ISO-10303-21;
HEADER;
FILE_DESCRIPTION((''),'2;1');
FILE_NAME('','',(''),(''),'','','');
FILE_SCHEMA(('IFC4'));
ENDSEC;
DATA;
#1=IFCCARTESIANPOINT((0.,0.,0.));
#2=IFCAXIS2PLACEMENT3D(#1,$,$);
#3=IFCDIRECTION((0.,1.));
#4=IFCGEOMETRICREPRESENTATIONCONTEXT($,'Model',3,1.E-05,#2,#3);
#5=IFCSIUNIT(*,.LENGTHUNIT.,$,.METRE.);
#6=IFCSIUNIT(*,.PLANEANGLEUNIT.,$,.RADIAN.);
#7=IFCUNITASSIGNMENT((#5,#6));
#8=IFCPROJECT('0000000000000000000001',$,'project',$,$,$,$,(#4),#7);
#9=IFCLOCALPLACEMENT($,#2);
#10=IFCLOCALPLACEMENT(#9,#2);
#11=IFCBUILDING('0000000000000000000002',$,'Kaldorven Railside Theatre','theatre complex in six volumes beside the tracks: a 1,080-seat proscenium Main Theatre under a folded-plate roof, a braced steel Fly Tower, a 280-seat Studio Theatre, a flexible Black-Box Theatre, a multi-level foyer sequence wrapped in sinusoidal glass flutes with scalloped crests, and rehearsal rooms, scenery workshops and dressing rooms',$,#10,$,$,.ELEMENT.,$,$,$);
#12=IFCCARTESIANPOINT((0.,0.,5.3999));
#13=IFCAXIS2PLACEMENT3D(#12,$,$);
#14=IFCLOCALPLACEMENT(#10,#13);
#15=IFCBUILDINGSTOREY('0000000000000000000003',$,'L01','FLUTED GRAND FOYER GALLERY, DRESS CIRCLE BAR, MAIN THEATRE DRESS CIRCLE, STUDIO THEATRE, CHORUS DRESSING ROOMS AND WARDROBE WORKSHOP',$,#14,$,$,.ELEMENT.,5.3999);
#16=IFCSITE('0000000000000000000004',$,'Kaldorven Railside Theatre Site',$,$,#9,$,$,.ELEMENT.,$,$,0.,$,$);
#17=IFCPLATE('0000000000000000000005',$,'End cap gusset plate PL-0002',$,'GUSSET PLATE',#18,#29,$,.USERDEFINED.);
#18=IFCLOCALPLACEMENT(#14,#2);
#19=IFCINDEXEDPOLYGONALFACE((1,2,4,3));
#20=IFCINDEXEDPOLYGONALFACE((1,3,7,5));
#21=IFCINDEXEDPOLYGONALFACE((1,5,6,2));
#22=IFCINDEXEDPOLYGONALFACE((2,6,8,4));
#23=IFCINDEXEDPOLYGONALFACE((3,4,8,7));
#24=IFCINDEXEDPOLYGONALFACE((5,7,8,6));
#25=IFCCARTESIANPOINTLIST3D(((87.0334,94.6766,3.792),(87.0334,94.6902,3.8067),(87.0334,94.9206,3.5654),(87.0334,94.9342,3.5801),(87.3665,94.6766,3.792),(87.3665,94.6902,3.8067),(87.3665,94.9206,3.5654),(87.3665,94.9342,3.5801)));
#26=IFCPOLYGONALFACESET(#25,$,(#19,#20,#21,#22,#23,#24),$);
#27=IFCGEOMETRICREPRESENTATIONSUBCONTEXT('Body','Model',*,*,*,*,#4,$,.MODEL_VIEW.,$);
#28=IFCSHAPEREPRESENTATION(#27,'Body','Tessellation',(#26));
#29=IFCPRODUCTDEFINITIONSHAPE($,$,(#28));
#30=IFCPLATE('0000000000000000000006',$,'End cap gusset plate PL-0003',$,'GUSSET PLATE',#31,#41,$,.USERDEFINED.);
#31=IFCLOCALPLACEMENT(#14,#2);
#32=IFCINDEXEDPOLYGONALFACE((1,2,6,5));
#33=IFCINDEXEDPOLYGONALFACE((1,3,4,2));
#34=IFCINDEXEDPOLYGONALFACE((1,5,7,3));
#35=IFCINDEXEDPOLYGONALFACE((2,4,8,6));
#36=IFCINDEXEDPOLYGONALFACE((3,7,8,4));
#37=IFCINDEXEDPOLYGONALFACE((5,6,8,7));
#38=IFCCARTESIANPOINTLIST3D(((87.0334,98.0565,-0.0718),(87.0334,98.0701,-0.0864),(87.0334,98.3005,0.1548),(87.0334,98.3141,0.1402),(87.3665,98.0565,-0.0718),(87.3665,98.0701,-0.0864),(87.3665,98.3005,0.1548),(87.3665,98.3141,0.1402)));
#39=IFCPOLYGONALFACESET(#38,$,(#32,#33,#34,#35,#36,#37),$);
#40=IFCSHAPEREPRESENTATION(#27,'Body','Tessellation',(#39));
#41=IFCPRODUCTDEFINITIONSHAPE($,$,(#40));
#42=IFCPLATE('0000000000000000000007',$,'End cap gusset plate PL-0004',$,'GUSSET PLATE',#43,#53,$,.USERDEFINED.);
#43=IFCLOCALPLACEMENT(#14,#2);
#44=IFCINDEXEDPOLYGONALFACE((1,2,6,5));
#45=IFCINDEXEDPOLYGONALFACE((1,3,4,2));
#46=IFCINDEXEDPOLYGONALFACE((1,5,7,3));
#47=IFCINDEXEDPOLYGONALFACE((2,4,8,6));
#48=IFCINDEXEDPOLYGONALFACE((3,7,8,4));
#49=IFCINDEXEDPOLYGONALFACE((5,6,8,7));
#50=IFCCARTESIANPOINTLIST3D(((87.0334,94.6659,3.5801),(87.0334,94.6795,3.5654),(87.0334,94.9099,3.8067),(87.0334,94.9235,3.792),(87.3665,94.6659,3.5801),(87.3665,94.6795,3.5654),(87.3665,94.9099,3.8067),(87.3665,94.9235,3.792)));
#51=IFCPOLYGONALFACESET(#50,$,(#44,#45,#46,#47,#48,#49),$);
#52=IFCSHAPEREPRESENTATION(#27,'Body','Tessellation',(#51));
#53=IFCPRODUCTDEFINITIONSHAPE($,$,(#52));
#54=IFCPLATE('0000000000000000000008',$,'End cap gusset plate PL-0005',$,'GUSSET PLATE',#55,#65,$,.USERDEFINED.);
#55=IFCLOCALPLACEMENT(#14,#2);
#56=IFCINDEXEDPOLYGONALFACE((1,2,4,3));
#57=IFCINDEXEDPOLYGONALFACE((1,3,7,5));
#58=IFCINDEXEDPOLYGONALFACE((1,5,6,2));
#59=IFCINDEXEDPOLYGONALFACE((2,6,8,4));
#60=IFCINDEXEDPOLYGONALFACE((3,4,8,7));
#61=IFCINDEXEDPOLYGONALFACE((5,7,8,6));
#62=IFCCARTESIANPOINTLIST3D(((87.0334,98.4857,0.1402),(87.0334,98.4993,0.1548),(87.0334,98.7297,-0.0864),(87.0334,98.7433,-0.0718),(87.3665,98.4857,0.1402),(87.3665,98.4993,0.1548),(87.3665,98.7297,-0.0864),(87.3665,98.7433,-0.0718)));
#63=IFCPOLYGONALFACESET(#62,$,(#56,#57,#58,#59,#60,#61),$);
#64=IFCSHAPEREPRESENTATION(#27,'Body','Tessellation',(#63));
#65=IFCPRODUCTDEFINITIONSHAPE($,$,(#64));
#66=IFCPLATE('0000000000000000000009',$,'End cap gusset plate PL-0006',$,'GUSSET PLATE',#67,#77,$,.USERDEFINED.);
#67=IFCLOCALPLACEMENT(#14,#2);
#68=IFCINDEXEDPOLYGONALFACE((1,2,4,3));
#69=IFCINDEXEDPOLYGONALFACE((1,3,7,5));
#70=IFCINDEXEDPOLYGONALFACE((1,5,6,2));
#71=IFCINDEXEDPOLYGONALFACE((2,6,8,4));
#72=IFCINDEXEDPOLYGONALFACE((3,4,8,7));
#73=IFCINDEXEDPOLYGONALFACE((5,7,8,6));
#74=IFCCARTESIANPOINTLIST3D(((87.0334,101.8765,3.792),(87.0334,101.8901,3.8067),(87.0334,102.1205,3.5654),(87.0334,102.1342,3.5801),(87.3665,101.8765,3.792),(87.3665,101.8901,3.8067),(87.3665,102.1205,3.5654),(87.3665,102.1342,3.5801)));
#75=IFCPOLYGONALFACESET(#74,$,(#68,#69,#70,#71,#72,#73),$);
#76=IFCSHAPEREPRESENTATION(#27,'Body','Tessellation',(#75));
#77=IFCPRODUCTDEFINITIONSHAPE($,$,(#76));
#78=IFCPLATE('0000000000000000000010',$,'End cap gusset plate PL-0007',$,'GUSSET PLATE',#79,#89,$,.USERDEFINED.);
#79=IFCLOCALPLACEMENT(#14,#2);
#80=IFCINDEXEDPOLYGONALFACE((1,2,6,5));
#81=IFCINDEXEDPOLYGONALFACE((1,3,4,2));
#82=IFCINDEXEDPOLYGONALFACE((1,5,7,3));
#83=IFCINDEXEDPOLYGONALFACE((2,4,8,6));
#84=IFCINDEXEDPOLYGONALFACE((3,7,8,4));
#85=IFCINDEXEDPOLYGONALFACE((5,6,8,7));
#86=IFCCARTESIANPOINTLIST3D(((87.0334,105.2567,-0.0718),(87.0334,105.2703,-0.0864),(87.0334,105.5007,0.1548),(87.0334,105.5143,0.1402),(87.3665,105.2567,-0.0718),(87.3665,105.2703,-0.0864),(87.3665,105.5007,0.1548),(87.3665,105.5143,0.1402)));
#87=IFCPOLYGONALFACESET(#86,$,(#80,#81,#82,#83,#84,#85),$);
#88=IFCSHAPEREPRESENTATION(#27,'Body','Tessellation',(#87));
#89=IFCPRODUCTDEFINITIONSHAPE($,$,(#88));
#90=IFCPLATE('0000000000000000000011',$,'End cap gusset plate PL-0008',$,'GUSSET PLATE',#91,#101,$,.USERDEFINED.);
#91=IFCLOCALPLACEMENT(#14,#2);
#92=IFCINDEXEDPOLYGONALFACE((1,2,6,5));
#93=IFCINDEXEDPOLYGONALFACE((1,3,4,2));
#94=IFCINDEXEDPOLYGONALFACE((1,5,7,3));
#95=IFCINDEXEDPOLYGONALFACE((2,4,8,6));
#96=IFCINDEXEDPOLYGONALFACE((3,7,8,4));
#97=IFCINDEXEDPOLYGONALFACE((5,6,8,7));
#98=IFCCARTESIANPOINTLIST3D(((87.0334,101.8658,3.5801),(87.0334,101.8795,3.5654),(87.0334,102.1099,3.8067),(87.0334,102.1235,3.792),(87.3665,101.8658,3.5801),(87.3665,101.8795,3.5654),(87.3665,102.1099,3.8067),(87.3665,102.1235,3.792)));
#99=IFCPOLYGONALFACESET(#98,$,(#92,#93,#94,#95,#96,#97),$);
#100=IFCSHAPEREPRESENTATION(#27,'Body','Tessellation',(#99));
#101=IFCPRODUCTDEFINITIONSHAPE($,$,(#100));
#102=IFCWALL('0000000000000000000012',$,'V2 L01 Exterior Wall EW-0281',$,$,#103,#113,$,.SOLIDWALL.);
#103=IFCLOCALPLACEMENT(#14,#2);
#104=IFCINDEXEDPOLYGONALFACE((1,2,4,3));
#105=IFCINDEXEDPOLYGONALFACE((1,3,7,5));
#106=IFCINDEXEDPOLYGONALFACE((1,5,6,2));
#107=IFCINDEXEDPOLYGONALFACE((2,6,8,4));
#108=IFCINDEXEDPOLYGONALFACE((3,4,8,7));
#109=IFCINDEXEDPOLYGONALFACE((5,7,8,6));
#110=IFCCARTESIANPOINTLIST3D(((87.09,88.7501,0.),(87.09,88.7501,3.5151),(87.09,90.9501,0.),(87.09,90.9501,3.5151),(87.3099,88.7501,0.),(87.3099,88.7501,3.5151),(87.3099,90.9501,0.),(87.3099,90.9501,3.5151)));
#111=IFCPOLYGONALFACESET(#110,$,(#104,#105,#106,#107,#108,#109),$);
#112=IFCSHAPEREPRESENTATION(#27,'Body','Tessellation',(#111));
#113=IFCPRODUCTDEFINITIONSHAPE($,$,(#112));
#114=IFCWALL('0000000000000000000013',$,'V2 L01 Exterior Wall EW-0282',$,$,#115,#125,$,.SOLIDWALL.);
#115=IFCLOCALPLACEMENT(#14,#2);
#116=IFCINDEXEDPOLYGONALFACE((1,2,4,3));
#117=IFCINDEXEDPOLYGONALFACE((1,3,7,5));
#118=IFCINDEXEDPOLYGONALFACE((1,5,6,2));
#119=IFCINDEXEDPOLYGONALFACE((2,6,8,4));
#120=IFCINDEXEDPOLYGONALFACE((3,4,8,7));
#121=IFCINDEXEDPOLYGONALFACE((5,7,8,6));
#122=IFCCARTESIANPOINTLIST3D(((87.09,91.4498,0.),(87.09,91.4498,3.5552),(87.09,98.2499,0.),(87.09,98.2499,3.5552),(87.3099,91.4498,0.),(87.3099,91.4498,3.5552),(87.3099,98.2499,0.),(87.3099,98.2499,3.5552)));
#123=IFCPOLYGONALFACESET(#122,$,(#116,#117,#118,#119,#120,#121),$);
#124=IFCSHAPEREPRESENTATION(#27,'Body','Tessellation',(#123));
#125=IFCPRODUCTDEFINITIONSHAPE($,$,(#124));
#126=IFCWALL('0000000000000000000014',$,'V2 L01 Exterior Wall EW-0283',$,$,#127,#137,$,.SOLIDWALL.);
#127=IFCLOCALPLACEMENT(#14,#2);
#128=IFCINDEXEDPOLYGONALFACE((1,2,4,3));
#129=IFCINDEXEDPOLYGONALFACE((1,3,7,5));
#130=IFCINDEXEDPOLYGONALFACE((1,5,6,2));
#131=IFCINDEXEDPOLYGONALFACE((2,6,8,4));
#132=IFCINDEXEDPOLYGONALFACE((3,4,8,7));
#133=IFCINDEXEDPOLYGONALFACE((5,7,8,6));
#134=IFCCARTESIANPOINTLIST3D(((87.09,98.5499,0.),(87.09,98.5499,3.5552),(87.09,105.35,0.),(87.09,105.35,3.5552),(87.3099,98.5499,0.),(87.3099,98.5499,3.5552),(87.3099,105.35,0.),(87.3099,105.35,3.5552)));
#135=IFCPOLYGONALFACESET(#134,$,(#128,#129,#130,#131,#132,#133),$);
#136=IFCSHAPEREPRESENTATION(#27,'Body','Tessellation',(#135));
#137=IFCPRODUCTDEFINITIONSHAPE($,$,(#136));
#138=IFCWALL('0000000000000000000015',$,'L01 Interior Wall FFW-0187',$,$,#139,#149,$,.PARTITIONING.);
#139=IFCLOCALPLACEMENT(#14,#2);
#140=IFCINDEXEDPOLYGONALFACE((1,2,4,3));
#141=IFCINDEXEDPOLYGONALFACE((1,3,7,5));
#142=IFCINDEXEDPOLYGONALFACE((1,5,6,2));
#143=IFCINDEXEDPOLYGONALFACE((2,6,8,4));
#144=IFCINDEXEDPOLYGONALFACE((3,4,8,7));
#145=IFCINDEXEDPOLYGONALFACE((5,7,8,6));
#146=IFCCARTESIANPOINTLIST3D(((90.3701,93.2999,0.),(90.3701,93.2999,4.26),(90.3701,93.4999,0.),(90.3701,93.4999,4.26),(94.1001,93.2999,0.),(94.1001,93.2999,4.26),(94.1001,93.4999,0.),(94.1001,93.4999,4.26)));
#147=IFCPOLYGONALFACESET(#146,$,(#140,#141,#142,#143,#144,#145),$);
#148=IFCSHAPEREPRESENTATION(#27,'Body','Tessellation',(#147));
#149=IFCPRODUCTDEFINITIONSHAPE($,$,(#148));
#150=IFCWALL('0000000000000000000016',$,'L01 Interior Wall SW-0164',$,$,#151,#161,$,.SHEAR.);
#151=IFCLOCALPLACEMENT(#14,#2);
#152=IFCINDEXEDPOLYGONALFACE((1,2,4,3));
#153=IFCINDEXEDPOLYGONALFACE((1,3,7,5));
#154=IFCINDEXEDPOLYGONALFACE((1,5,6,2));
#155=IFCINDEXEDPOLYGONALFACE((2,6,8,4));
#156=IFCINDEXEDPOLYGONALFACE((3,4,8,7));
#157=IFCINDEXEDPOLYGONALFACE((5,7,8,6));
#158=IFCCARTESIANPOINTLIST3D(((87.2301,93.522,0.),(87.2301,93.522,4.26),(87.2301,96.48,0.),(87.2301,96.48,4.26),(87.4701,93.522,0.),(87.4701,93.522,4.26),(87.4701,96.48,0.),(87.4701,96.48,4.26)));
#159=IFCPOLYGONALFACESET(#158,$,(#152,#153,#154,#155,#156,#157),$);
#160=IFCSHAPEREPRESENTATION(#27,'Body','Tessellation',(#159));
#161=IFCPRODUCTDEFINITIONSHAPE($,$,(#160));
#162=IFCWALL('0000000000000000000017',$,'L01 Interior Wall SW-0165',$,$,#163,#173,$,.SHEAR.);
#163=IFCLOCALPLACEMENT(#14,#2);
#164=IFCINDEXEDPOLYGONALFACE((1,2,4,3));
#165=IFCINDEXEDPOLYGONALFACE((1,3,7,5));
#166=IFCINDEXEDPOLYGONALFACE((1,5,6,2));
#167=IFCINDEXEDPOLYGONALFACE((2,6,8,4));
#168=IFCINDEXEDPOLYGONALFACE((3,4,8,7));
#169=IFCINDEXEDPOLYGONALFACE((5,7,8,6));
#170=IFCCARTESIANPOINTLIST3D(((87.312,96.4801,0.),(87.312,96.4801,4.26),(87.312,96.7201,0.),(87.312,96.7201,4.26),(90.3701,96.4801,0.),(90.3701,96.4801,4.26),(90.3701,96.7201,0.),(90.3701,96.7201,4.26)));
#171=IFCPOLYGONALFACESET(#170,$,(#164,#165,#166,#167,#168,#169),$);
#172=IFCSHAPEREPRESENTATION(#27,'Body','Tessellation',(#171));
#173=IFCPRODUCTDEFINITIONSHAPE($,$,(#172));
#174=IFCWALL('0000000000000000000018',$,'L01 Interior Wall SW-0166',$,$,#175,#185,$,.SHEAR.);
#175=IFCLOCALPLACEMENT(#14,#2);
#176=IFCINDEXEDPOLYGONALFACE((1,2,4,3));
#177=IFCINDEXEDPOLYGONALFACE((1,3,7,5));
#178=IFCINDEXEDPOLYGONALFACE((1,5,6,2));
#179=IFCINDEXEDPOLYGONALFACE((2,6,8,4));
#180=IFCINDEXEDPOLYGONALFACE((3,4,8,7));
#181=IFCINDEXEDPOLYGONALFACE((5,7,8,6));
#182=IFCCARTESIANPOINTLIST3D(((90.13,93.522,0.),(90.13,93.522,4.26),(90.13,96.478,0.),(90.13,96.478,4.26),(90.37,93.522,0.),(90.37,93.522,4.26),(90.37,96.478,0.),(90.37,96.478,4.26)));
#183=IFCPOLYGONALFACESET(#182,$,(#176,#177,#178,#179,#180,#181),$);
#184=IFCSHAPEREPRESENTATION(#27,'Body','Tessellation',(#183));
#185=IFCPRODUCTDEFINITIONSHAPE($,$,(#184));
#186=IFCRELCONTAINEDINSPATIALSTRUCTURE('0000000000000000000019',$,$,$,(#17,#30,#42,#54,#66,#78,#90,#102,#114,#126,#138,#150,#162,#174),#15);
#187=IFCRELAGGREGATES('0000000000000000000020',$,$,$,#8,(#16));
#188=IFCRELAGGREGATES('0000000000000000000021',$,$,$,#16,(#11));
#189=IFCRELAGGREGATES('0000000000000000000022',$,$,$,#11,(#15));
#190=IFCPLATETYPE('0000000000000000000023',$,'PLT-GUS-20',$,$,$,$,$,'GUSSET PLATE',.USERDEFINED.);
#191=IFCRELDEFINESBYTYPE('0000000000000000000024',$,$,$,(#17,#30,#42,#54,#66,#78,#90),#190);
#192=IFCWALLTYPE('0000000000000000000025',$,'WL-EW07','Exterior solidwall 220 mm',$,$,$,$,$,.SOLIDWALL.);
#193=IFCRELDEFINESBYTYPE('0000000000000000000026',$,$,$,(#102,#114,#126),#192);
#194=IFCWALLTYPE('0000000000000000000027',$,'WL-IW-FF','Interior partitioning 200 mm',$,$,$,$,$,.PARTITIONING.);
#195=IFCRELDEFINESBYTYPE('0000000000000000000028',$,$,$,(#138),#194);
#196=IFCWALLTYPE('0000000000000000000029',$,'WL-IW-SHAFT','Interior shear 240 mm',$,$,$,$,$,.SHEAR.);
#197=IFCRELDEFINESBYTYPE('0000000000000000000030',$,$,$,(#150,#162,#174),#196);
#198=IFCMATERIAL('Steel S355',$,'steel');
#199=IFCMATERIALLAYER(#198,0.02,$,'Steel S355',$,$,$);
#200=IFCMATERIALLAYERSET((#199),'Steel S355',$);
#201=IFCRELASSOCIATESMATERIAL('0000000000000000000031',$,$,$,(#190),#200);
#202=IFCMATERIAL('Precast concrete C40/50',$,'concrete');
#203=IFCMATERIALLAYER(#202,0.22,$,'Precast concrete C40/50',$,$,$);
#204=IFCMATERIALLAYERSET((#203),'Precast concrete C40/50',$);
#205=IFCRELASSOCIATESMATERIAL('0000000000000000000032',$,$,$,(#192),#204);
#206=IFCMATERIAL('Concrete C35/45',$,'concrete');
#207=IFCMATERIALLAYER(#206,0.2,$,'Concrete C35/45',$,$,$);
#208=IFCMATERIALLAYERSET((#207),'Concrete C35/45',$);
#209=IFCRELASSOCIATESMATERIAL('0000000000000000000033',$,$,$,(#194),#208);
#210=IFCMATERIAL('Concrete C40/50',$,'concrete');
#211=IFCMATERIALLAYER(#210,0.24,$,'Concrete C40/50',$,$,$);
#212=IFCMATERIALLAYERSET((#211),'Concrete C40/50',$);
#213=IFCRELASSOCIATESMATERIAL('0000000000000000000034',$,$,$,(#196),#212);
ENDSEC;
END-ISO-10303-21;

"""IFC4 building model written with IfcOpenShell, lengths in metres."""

from ifc_helpers import new_model, si_unit, direction, frame, frame_2d, origin, origin_2d, place, context, subcontext, project, spatial, rectangle, extrude, material, layer, layer_set, type_object, element, save


model = new_model("IFC4")

# Units and contexts
model_context = context("Model", 3, precision=1e-05, world=origin(), true_north=direction((0.0, 1.0)))
body_context = subcontext(model_context, "Body", "Model", "MODEL_VIEW")
ifc_project = project(units=[si_unit("LENGTHUNIT", "METRE"), si_unit("PLANEANGLEUNIT", "RADIAN")], contexts=[model_context])

# Site, building, storey
site_placement = place(None, origin())
site = spatial("IfcSite", under=ifc_project, at=site_placement, Name="Kaldorven Railside Theatre Site", CompositionType="ELEMENT", RefElevation=0.0)
building_placement = place(site_placement, origin())
building = spatial("IfcBuilding", under=site, at=building_placement, Name="Kaldorven Railside Theatre", Description="theatre complex in six volumes beside the tracks: a 1,080-seat proscenium Main Theatre under a folded-plate roof, a braced steel Fly Tower, a 280-seat Studio Theatre, a flexible Black-Box Theatre, a multi-level foyer sequence wrapped in sinusoidal glass flutes with scalloped crests, and rehearsal rooms, scenery workshops and dressing rooms", CompositionType="ELEMENT")
storey_placement = place(building_placement, frame((0.0, 0.0, 5.3999)))
storey = spatial("IfcBuildingStorey", under=building, at=storey_placement, Name="L01", Description="FLUTED GRAND FOYER GALLERY, DRESS CIRCLE BAR, MAIN THEATRE DRESS CIRCLE, STUDIO THEATRE, CHORUS DRESSING ROOMS AND WARDROBE WORKSHOP", CompositionType="ELEMENT", Elevation=5.3999)

# Shared definitions
ifc_material_1 = material(Name="Steel S355", Category="steel")

# Plates
ifc_layer_1 = layer(ifc_material_1, 0.02, Name="Steel S355")
ifc_layer_set_1 = layer_set([ifc_layer_1], Name="Steel S355")
plate_type_1 = type_object("IfcPlateType", Name="PLT-GUS-20", ElementType="GUSSET PLATE", PredefinedType="USERDEFINED", material=ifc_layer_set_1)
for number, where, z_axis, x_axis, name in (
    (1, (87.2, 94.7986, 3.6787), (0.0, 0.680465, 0.73278), (-1.0, 0.0, 0.0), "End cap gusset plate PL-0002"),
    (2, (87.2, 98.1921, 0.0269), (0.0, -0.680465, 0.73278), (1.0, 0.0, 0.0), "End cap gusset plate PL-0003"),
    (3, (87.2, 94.8015, 3.6787), (0.0, -0.680465, 0.73278), (1.0, 0.0, 0.0), "End cap gusset plate PL-0004"),
    (4, (87.2, 98.6077, 0.0269), (0.0, 0.680465, 0.73278), (-1.0, 0.0, 0.0), "End cap gusset plate PL-0005"),
    (5, (87.2, 101.9985, 3.6787), (0.0, 0.680465, 0.73278), (-1.0, 0.0, 0.0), "End cap gusset plate PL-0006"),
    (6, (87.2, 105.3923, 0.0269), (0.0, -0.680465, 0.73278), (1.0, 0.0, 0.0), "End cap gusset plate PL-0007"),
    (7, (87.2, 102.0015, 3.6787), (0.0, -0.680465, 0.73278), (1.0, 0.0, 0.0), "End cap gusset plate PL-0008"),
):
    element("IfcPlate", number, at=place(storey_placement, frame(where, z_axis=z_axis, x_axis=x_axis)), inside=storey, type_object=plate_type_1, Name=name, ObjectType="GUSSET PLATE", PredefinedType="USERDEFINED", context=body_context, shape_type="SweptSolid", body=[
        extrude(rectangle(XDim=0.333, YDim=0.333, at=origin_2d()), origin(), (0.0, 0.0, 1.0), 0.02),
    ])

# Walls
ifc_material_2 = material(Name="Precast concrete C40/50", Category="concrete")
ifc_layer_2 = layer(ifc_material_2, 0.22, Name="Precast concrete C40/50")
ifc_layer_set_2 = layer_set([ifc_layer_2], Name="Precast concrete C40/50")
wall_type_1 = type_object("IfcWallType", Name="WL-EW07", Description="Exterior solidwall 220 mm", PredefinedType="SOLIDWALL", material=ifc_layer_set_2)
wall_1_placement = place(storey_placement, frame((87.2, 88.75, 0.0), z_axis=(0.0, 0.0, 1.0), x_axis=(0.0, 1.0, 0.0)))
element("IfcWall", 8, at=wall_1_placement, inside=storey, type_object=wall_type_1, Name="V2 L01 Exterior Wall EW-0281", PredefinedType="SOLIDWALL", context=body_context, shape_type="SweptSolid", body=[
    extrude(rectangle(XDim=2.2, YDim=0.22, at=frame_2d((1.1001, 0.0))), origin(), (0.0, 0.0, 1.0), 3.5151),
])
for number, where, z_axis, x_axis, name in (
    (9, (87.2, 91.45, 0.0), (0.0, 0.0, 1.0), (0.0, 1.0, 0.0), "V2 L01 Exterior Wall EW-0282"),
    (10, (87.2, 98.55, 0.0), (0.0, 0.0, 1.0), (0.0, 1.0, 0.0), "V2 L01 Exterior Wall EW-0283"),
):
    element("IfcWall", number, at=place(storey_placement, frame(where, z_axis=z_axis, x_axis=x_axis)), inside=storey, type_object=wall_type_1, Name=name, PredefinedType="SOLIDWALL", context=body_context, shape_type="SweptSolid", body=[
        extrude(rectangle(XDim=6.8, YDim=0.22, at=frame_2d((3.3999, 0.0))), origin(), (0.0, 0.0, 1.0), 3.5552),
    ])
ifc_material_3 = material(Name="Concrete C35/45", Category="concrete")
ifc_layer_3 = layer(ifc_material_3, 0.2, Name="Concrete C35/45")
ifc_layer_set_3 = layer_set([ifc_layer_3], Name="Concrete C35/45")
wall_type_2 = type_object("IfcWallType", Name="WL-IW-FF", Description="Interior partitioning 200 mm", PredefinedType="PARTITIONING", material=ifc_layer_set_3)
wall_2_placement = place(storey_placement, frame((90.3701, 93.3999, 0.0), z_axis=(0.0, 0.0, 1.0), x_axis=(1.0, 0.0, 0.0)))
element("IfcWall", 11, at=wall_2_placement, inside=storey, type_object=wall_type_2, Name="L01 Interior Wall FFW-0187", PredefinedType="PARTITIONING", context=body_context, shape_type="SweptSolid", body=[
    extrude(rectangle(XDim=3.73, YDim=0.2, at=frame_2d((1.865, 0.0))), origin(), (0.0, 0.0, 1.0), 4.26),
])

# Shared definitions
ifc_material_4 = material(Name="Concrete C40/50", Category="concrete")
ifc_layer_4 = layer(ifc_material_4, 0.24, Name="Concrete C40/50")
ifc_layer_set_4 = layer_set([ifc_layer_4], Name="Concrete C40/50")
wall_type_3 = type_object("IfcWallType", Name="WL-IW-SHAFT", Description="Interior shear 240 mm", PredefinedType="SHEAR", material=ifc_layer_set_4)

# Walls
wall_3_placement = place(storey_placement, frame((87.3501, 93.522, 0.0), z_axis=(0.0, 0.0, 1.0), x_axis=(0.0, 1.0, 0.0)))
element("IfcWall", 12, at=wall_3_placement, inside=storey, type_object=wall_type_3, Name="L01 Interior Wall SW-0164", PredefinedType="SHEAR", context=body_context, shape_type="SweptSolid", body=[
    extrude(rectangle(XDim=2.958, YDim=0.24, at=frame_2d((1.479, 0.0))), origin(), (0.0, 0.0, 1.0), 4.26),
])
wall_4_placement = place(storey_placement, frame((87.312, 96.6001, 0.0), z_axis=(0.0, 0.0, 1.0), x_axis=(1.0, 0.0, 0.0)))
element("IfcWall", 13, at=wall_4_placement, inside=storey, type_object=wall_type_3, Name="L01 Interior Wall SW-0165", PredefinedType="SHEAR", context=body_context, shape_type="SweptSolid", body=[
    extrude(rectangle(XDim=3.0581, YDim=0.24, at=frame_2d((1.5291, 0.0))), origin(), (0.0, 0.0, 1.0), 4.26),
])
wall_5_placement = place(storey_placement, frame((90.25, 96.478, 0.0), z_axis=(0.0, 0.0, 1.0), x_axis=(0.0, -1.0, 0.0)))
element("IfcWall", 14, at=wall_5_placement, inside=storey, type_object=wall_type_3, Name="L01 Interior Wall SW-0166", PredefinedType="SHEAR", context=body_context, shape_type="SweptSolid", body=[
    extrude(rectangle(XDim=2.9561, YDim=0.24, at=frame_2d((1.478, 0.0))), origin(), (0.0, 0.0, 1.0), 4.26),
])

save(model, "model.ifc")
